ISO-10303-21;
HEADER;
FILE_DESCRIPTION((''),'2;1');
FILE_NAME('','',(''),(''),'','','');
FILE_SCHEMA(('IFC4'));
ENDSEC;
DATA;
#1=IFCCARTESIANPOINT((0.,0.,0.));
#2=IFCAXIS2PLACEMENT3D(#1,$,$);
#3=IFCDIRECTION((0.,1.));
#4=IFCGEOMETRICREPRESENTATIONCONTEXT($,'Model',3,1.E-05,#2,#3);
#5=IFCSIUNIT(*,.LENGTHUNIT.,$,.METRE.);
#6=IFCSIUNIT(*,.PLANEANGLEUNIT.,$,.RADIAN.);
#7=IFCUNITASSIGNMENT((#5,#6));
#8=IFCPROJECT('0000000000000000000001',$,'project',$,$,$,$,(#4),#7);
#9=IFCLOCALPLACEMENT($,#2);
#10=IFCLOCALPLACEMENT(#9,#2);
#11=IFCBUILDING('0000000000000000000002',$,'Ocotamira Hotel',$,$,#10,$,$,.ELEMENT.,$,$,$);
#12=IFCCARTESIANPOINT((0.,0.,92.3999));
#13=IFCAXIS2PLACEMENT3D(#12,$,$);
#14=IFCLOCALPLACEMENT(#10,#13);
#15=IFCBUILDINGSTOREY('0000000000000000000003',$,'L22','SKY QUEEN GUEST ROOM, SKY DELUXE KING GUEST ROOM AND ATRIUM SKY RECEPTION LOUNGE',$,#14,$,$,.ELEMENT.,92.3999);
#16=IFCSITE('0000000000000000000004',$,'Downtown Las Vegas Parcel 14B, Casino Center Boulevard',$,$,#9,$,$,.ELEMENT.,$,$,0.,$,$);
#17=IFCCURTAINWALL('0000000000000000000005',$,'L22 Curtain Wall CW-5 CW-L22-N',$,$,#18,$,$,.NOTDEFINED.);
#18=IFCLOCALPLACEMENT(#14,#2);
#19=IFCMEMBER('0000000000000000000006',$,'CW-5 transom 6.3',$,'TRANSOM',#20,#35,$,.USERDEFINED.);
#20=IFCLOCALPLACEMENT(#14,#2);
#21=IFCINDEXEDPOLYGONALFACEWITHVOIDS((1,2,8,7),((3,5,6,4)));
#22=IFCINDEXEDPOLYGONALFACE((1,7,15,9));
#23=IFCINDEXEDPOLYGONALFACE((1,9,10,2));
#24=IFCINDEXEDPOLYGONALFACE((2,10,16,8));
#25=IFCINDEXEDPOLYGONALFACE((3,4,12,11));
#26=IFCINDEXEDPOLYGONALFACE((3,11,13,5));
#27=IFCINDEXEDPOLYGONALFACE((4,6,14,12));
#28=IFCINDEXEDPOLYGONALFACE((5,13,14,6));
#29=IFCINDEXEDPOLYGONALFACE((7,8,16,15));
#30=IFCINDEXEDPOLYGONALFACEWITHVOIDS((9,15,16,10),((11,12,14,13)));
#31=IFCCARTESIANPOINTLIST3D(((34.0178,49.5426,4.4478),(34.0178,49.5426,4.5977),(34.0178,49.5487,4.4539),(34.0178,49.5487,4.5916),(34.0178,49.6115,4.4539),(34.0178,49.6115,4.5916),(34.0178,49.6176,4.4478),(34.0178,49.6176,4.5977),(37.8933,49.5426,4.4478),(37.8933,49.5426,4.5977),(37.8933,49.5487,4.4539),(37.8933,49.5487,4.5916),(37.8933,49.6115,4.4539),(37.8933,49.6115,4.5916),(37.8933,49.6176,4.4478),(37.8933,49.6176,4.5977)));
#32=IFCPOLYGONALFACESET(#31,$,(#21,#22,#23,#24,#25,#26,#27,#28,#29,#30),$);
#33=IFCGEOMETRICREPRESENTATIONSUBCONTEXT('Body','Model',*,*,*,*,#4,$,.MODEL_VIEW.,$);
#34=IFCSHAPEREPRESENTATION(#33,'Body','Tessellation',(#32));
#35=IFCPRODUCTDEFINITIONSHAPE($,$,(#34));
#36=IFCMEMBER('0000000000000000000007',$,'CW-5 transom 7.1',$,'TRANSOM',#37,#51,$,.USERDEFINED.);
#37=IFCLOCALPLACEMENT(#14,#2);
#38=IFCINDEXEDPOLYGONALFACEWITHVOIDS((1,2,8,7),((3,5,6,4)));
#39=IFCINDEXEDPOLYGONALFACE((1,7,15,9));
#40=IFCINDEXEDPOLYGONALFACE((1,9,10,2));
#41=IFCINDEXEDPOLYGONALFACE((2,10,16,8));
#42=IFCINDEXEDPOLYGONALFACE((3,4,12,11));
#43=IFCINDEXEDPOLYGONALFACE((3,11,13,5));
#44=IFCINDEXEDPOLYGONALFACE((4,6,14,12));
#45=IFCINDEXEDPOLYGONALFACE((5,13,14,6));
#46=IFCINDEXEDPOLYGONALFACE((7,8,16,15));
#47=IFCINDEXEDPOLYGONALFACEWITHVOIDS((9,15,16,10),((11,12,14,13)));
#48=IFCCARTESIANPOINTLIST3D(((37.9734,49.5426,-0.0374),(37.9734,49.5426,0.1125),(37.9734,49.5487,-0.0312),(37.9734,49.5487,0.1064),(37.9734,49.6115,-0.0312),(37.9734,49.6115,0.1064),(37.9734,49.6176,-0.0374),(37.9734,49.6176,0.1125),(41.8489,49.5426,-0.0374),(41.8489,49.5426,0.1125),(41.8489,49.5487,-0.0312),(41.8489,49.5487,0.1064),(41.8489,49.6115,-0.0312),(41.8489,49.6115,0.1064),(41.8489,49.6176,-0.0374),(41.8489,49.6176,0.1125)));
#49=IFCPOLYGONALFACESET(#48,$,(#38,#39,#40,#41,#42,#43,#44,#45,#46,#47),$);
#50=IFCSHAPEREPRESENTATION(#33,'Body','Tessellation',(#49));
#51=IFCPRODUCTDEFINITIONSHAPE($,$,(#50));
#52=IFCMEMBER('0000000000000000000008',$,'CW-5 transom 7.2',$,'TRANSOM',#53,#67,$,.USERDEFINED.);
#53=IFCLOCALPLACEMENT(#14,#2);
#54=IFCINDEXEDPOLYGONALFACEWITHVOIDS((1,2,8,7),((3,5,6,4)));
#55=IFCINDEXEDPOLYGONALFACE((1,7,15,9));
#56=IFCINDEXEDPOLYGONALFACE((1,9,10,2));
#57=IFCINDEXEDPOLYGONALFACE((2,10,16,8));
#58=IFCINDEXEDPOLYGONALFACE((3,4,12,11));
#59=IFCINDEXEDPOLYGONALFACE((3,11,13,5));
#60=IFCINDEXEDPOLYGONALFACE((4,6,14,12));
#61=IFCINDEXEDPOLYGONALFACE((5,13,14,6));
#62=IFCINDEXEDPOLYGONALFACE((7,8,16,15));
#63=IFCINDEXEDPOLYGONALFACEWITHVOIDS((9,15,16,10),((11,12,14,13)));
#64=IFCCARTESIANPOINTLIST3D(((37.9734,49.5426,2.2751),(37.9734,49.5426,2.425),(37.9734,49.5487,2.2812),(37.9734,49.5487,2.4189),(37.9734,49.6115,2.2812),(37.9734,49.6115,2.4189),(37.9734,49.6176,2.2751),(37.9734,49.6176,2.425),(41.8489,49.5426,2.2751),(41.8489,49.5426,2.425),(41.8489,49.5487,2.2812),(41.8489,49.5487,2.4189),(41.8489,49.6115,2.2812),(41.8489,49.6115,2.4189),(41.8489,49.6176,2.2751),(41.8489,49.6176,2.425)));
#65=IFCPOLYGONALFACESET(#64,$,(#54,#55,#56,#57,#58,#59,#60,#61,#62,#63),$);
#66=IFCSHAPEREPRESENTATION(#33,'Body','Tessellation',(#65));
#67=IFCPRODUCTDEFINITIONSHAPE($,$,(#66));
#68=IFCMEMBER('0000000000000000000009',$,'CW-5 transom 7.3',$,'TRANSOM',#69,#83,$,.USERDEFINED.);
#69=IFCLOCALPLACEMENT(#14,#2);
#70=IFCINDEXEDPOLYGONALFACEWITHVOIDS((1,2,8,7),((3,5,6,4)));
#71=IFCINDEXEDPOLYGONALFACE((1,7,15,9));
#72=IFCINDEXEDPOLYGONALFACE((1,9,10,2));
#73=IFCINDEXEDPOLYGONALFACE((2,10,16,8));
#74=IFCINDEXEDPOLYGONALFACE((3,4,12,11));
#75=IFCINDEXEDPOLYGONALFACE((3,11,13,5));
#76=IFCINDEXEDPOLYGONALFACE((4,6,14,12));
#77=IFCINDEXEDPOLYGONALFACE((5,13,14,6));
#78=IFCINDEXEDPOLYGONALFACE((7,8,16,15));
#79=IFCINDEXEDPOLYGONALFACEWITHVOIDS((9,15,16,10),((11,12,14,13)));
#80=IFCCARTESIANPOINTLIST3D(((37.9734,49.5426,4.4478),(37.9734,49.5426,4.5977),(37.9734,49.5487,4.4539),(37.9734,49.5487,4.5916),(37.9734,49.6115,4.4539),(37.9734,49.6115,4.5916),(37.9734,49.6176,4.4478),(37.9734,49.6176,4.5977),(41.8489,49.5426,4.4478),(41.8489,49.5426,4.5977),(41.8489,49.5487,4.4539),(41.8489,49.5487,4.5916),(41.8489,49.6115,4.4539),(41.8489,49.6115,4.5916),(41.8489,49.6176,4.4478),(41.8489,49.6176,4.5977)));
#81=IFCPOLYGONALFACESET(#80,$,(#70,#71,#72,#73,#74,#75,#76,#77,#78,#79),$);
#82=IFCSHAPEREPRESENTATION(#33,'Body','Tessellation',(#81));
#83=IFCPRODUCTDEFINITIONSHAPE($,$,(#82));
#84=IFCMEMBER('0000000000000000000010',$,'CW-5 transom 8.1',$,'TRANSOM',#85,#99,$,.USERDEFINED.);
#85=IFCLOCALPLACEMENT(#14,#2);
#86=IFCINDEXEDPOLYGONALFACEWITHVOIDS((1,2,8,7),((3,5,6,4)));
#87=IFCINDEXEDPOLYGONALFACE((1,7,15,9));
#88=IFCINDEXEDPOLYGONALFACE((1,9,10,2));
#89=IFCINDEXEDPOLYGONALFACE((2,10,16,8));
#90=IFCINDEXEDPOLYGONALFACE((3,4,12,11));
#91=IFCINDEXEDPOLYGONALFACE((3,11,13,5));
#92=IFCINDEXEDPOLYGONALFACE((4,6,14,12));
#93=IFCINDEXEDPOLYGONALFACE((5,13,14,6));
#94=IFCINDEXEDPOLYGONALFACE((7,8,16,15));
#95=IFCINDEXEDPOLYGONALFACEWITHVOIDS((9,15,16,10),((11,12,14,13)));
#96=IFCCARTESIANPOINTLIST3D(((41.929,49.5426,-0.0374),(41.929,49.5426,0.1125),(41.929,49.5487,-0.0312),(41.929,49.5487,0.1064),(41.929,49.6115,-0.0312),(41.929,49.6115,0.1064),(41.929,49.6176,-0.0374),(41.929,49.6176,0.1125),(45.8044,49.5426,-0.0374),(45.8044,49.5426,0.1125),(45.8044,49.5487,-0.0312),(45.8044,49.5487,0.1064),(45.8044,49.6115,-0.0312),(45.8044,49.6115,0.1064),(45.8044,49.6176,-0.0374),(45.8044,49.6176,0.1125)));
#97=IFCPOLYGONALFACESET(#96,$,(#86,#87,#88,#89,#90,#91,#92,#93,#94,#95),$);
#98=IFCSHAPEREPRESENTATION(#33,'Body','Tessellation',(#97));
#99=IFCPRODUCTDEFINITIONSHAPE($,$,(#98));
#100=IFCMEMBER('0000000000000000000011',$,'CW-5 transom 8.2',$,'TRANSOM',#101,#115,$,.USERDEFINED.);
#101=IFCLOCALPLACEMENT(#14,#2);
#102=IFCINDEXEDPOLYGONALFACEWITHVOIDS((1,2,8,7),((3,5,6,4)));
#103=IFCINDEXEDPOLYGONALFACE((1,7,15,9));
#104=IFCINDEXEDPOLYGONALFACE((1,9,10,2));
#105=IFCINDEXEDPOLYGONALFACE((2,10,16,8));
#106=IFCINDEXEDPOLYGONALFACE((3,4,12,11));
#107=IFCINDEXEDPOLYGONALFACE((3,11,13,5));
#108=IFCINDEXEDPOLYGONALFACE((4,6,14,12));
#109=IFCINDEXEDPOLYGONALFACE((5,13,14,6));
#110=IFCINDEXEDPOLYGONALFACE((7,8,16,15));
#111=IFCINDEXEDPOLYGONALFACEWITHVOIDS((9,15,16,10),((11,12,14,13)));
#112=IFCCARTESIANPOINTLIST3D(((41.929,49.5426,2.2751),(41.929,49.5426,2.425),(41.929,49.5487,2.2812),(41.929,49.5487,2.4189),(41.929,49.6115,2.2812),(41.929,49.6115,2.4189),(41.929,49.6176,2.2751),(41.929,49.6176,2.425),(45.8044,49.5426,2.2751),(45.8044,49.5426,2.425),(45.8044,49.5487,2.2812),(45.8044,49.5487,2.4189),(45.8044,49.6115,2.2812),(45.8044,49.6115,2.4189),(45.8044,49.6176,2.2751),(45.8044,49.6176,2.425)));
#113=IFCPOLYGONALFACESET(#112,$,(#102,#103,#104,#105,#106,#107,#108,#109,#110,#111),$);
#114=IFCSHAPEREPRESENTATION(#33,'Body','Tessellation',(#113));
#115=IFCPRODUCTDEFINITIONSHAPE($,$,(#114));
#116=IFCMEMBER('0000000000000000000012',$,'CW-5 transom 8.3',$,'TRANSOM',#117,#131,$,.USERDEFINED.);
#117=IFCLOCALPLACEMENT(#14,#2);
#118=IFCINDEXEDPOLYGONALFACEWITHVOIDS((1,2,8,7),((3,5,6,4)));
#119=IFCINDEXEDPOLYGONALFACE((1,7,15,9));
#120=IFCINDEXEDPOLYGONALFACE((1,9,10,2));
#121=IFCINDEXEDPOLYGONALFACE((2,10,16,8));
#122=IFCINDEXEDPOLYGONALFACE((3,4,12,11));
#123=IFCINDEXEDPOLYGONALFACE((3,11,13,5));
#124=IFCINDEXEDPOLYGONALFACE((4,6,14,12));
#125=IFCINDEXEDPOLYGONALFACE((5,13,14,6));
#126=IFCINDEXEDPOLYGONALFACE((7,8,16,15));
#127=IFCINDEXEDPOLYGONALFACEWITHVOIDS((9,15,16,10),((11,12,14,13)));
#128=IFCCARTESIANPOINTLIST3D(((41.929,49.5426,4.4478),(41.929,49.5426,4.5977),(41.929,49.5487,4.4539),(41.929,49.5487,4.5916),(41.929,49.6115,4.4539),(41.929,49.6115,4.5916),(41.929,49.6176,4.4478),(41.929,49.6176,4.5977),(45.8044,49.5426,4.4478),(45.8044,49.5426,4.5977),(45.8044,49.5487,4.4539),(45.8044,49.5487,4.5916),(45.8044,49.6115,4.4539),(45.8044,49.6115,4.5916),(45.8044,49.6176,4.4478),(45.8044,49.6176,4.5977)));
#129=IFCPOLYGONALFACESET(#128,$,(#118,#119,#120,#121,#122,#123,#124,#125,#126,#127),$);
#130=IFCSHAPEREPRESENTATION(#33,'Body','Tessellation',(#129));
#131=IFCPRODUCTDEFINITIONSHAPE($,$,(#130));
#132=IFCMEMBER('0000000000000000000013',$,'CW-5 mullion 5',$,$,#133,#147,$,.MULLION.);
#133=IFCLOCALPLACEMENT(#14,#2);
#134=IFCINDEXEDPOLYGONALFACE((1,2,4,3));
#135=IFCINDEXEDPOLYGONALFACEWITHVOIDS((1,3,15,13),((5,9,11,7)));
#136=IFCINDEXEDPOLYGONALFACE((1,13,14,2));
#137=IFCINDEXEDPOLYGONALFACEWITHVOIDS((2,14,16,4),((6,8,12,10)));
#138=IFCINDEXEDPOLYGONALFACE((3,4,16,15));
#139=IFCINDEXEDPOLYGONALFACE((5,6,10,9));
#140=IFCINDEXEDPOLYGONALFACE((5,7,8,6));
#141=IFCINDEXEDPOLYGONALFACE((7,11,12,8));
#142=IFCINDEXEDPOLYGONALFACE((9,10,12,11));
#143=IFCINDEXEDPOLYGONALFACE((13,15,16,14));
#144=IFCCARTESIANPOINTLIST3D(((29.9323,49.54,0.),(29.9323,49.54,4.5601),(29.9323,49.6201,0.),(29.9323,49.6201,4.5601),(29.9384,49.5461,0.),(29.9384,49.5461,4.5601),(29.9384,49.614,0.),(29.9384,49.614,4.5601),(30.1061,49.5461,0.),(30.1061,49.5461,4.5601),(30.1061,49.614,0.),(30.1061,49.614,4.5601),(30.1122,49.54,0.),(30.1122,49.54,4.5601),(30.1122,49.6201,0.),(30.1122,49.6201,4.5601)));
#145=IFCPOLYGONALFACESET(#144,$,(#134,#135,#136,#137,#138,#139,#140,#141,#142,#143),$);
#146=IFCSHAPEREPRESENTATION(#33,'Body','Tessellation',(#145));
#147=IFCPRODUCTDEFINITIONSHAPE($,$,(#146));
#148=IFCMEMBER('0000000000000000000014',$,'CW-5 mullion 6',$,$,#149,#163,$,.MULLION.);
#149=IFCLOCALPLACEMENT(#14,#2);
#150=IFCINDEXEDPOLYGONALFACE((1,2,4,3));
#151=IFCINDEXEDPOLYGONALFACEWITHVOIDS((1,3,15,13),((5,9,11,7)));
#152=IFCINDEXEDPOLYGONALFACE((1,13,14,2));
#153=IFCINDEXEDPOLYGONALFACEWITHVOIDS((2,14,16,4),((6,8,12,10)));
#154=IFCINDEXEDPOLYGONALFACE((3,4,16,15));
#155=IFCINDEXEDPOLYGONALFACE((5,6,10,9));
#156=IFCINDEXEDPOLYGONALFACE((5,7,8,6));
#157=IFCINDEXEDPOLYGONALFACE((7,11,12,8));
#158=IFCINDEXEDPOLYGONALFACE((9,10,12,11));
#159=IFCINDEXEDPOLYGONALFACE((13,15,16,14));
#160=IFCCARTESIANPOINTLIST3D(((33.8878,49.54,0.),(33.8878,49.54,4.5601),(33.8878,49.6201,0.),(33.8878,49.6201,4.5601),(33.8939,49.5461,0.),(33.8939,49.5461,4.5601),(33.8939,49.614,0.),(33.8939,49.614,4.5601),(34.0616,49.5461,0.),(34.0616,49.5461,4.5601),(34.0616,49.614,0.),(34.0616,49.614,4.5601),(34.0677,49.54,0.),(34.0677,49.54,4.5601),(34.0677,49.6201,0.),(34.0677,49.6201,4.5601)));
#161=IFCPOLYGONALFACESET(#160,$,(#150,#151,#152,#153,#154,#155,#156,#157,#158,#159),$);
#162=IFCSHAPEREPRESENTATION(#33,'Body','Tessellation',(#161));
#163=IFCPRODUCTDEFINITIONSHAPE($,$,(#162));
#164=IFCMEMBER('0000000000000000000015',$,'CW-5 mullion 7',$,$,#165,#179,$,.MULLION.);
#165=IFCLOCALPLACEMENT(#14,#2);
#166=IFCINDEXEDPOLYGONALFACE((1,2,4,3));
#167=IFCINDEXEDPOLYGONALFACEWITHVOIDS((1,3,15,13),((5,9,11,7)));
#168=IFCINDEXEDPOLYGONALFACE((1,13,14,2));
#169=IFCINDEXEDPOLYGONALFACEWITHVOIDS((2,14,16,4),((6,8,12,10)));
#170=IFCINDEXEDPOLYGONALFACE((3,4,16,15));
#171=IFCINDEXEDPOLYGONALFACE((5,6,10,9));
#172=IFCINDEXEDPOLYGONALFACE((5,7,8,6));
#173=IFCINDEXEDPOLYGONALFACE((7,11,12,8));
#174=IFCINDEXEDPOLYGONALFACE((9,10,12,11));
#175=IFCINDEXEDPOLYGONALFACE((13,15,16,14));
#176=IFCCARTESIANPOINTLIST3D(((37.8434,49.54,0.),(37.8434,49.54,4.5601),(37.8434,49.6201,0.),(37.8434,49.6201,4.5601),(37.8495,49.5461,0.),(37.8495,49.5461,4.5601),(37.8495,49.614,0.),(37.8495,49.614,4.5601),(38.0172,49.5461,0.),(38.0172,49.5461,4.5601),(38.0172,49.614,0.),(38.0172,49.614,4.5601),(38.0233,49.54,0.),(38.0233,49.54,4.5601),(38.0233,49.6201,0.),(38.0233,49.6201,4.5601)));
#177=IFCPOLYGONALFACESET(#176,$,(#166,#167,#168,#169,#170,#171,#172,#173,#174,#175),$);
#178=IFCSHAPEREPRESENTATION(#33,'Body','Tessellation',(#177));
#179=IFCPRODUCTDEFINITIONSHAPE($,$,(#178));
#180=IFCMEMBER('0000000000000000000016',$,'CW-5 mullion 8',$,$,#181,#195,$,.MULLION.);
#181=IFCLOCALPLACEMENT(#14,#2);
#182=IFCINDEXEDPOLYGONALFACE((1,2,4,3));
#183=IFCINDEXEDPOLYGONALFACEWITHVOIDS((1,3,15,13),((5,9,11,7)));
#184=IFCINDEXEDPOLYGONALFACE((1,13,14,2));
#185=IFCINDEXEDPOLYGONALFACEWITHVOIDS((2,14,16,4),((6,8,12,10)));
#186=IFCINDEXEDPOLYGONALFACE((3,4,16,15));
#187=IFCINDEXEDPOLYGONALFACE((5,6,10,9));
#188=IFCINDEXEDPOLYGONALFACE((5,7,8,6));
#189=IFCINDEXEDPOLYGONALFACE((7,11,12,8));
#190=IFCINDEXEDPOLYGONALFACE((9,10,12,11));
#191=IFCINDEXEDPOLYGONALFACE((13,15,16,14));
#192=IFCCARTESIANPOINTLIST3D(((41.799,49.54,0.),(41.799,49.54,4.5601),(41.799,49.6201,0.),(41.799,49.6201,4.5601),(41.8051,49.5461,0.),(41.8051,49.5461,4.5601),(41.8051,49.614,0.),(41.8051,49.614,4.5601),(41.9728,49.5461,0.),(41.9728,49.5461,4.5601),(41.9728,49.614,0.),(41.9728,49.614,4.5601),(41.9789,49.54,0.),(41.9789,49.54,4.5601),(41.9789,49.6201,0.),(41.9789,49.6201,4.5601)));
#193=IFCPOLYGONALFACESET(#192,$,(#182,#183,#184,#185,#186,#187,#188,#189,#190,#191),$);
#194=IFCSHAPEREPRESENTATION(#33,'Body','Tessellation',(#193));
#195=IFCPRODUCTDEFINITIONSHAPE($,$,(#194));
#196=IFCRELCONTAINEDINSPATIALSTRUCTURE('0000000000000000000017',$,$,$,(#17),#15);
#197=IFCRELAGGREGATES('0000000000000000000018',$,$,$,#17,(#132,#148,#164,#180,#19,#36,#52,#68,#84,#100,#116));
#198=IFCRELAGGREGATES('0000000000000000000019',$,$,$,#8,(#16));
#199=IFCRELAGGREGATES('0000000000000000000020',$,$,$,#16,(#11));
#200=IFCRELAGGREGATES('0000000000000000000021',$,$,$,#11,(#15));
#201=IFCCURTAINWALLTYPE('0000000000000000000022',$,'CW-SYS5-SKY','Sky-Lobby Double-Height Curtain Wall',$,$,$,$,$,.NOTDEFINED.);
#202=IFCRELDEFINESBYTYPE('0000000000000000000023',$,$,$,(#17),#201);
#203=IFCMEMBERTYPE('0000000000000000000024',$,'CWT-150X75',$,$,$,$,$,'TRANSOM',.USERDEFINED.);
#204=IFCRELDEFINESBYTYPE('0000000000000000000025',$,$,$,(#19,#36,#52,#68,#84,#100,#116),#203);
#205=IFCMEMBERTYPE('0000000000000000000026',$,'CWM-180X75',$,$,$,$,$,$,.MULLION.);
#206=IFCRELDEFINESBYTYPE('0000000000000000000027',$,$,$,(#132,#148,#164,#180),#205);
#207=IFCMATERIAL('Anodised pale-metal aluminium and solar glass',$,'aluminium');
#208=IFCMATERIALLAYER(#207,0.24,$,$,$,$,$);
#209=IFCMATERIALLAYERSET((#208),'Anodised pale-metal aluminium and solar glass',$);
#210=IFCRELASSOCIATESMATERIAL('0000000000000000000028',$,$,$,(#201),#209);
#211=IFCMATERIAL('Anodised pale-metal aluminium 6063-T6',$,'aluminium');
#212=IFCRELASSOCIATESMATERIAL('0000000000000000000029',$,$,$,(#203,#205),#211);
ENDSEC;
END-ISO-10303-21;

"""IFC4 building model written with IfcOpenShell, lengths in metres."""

from ifc_helpers import new_model, si_unit, direction, frame, origin, origin_2d, place, context, subcontext, project, spatial, hollow_rectangle, extrude, source, transform, mapped, material, layer, layer_set, material_profile, profile_set, type_object, element, aggregate, save


model = new_model("IFC4")

# Units and contexts
model_context = context("Model", 3, precision=1e-05, world=origin(), true_north=direction((0.0, 1.0)))
body_context = subcontext(model_context, "Body", "Model", "MODEL_VIEW")
ifc_project = project(units=[si_unit("LENGTHUNIT", "METRE"), si_unit("PLANEANGLEUNIT", "RADIAN")], contexts=[model_context])

# Site, building, storey
site_placement = place(None, origin())
site = spatial("IfcSite", under=ifc_project, at=site_placement, Name="Downtown Las Vegas Parcel 14B, Casino Center Boulevard", CompositionType="ELEMENT", RefElevation=0.0)
building_placement = place(site_placement, origin())
building = spatial("IfcBuilding", under=site, at=building_placement, Name="Ocotamira Hotel", CompositionType="ELEMENT")
storey_placement = place(building_placement, frame((0.0, 0.0, 92.3999)))
storey = spatial("IfcBuildingStorey", under=building, at=storey_placement, Name="L22", Description="SKY QUEEN GUEST ROOM, SKY DELUXE KING GUEST ROOM AND ATRIUM SKY RECEPTION LOUNGE", CompositionType="ELEMENT", Elevation=92.3999)

# Curtain wall, members
ifc_material_1 = material(Name="Anodised pale-metal aluminium and solar glass", Category="aluminium")
ifc_layer_1 = layer(ifc_material_1, 0.24)
ifc_layer_set_1 = layer_set([ifc_layer_1], Name="Anodised pale-metal aluminium and solar glass")
curtain_wall_type = type_object("IfcCurtainWallType", Name="CW-SYS5-SKY", Description="Sky-Lobby Double-Height Curtain Wall", PredefinedType="NOTDEFINED", material=ifc_layer_set_1)
curtain_wall_placement = place(storey_placement, origin())
curtain_wall = element("IfcCurtainWall", 1, at=curtain_wall_placement, inside=storey, type_object=curtain_wall_type, Name="L22 Curtain Wall CW-5 CW-L22-N", PredefinedType="NOTDEFINED")
ifc_material_2 = material(Name="Anodised pale-metal aluminium 6063-T6", Category="aluminium")
ifc_material_profile_1 = material_profile(ifc_material_2, hollow_rectangle(XDim=0.075, YDim=0.1499, WallThickness=0.0061, at=origin_2d()), Name="HSS150X75X6")
ifc_profile_set_1 = profile_set([ifc_material_profile_1], Name="Anodised pale-metal aluminium 6063-T6")
member_type_1 = type_object("IfcMemberType", Name="CWT-150X75", ElementType="TRANSOM", PredefinedType="USERDEFINED", material=ifc_profile_set_1)
shared_shape_1 = source(origin(), body_context, "Body", "SweptSolid", [
    extrude(hollow_rectangle(XDim=0.075, YDim=0.1499, WallThickness=0.0061, at=origin_2d()), origin(), (0.0, 0.0, 1.0), 3.8755),
])
member_1_placement = place(storey_placement, frame((34.0178, 49.5801, 4.5227), z_axis=(1.0, 0.0, 0.0), x_axis=(0.0, 1.0, 0.0)))
member_1 = element("IfcMember", 2, at=member_1_placement, type_object=member_type_1, Name="CW-5 transom 6.3", ObjectType="TRANSOM", PredefinedType="USERDEFINED", context=body_context, shape_type="MappedRepresentation", body=[
    mapped(shared_shape_1, transform((0.0, 0.0, 0.0), scale=1.0)),
])
member_2_placement = place(storey_placement, frame((37.9734, 49.5801, 0.0376), z_axis=(1.0, 0.0, 0.0), x_axis=(0.0, 1.0, 0.0)))
member_2 = element("IfcMember", 3, at=member_2_placement, type_object=member_type_1, Name="CW-5 transom 7.1", ObjectType="TRANSOM", PredefinedType="USERDEFINED", context=body_context, shape_type="MappedRepresentation", body=[
    mapped(shared_shape_1, transform((0.0, 0.0, 0.0), scale=1.0)),
])
member_3_placement = place(storey_placement, frame((37.9734, 49.5801, 2.3501), z_axis=(1.0, 0.0, 0.0), x_axis=(0.0, 1.0, 0.0)))
member_3 = element("IfcMember", 4, at=member_3_placement, type_object=member_type_1, Name="CW-5 transom 7.2", ObjectType="TRANSOM", PredefinedType="USERDEFINED", context=body_context, shape_type="MappedRepresentation", body=[
    mapped(shared_shape_1, transform((0.0, 0.0, 0.0), scale=1.0)),
])
member_4_placement = place(storey_placement, frame((37.9734, 49.5801, 4.5227), z_axis=(1.0, 0.0, 0.0), x_axis=(0.0, 1.0, 0.0)))
member_4 = element("IfcMember", 5, at=member_4_placement, type_object=member_type_1, Name="CW-5 transom 7.3", ObjectType="TRANSOM", PredefinedType="USERDEFINED", context=body_context, shape_type="MappedRepresentation", body=[
    mapped(shared_shape_1, transform((0.0, 0.0, 0.0), scale=1.0)),
])
member_5_placement = place(storey_placement, frame((41.929, 49.5801, 0.0376), z_axis=(1.0, 0.0, 0.0), x_axis=(0.0, 1.0, 0.0)))
member_5 = element("IfcMember", 6, at=member_5_placement, type_object=member_type_1, Name="CW-5 transom 8.1", ObjectType="TRANSOM", PredefinedType="USERDEFINED", context=body_context, shape_type="MappedRepresentation", body=[
    mapped(shared_shape_1, transform((0.0, 0.0, 0.0), scale=1.0)),
])
member_6_placement = place(storey_placement, frame((41.929, 49.5801, 2.3501), z_axis=(1.0, 0.0, 0.0), x_axis=(0.0, 1.0, 0.0)))
member_6 = element("IfcMember", 7, at=member_6_placement, type_object=member_type_1, Name="CW-5 transom 8.2", ObjectType="TRANSOM", PredefinedType="USERDEFINED", context=body_context, shape_type="MappedRepresentation", body=[
    mapped(shared_shape_1, transform((0.0, 0.0, 0.0), scale=1.0)),
])
member_7_placement = place(storey_placement, frame((41.929, 49.5801, 4.5227), z_axis=(1.0, 0.0, 0.0), x_axis=(0.0, 1.0, 0.0)))
member_7 = element("IfcMember", 8, at=member_7_placement, type_object=member_type_1, Name="CW-5 transom 8.3", ObjectType="TRANSOM", PredefinedType="USERDEFINED", context=body_context, shape_type="MappedRepresentation", body=[
    mapped(shared_shape_1, transform((0.0, 0.0, 0.0), scale=1.0)),
])
ifc_material_profile_2 = material_profile(ifc_material_2, hollow_rectangle(XDim=0.0801, YDim=0.1799, WallThickness=0.0061, at=origin_2d()), Name="HSS180X80X6")
ifc_profile_set_2 = profile_set([ifc_material_profile_2], Name="Anodised pale-metal aluminium 6063-T6")
member_type_2 = type_object("IfcMemberType", Name="CWM-180X75", PredefinedType="MULLION", material=ifc_profile_set_2)
shared_shape_2 = source(origin(), body_context, "Body", "SweptSolid", [
    extrude(hollow_rectangle(XDim=0.0801, YDim=0.1799, WallThickness=0.0061, at=origin_2d()), origin(), (0.0, 0.0, 1.0), 4.5601),
])
member_8_placement = place(storey_placement, frame((30.0222, 49.5801, 0.0), z_axis=(0.0, 0.0, 1.0), x_axis=(0.0, 1.0, 0.0)))
member_8 = element("IfcMember", 9, at=member_8_placement, type_object=member_type_2, Name="CW-5 mullion 5", PredefinedType="MULLION", context=body_context, shape_type="MappedRepresentation", body=[
    mapped(shared_shape_2, transform((0.0, 0.0, 0.0), scale=1.0)),
])
member_9_placement = place(storey_placement, frame((33.9778, 49.5801, 0.0), z_axis=(0.0, 0.0, 1.0), x_axis=(0.0, 1.0, 0.0)))
member_9 = element("IfcMember", 10, at=member_9_placement, type_object=member_type_2, Name="CW-5 mullion 6", PredefinedType="MULLION", context=body_context, shape_type="MappedRepresentation", body=[
    mapped(shared_shape_2, transform((0.0, 0.0, 0.0), scale=1.0)),
])
member_10_placement = place(storey_placement, frame((37.9333, 49.5801, 0.0), z_axis=(0.0, 0.0, 1.0), x_axis=(0.0, 1.0, 0.0)))
member_10 = element("IfcMember", 11, at=member_10_placement, type_object=member_type_2, Name="CW-5 mullion 7", PredefinedType="MULLION", context=body_context, shape_type="MappedRepresentation", body=[
    mapped(shared_shape_2, transform((0.0, 0.0, 0.0), scale=1.0)),
])
member_11_placement = place(storey_placement, frame((41.8889, 49.5801, 0.0), z_axis=(0.0, 0.0, 1.0), x_axis=(0.0, 1.0, 0.0)))
member_11 = element("IfcMember", 12, at=member_11_placement, type_object=member_type_2, Name="CW-5 mullion 8", PredefinedType="MULLION", context=body_context, shape_type="MappedRepresentation", body=[
    mapped(shared_shape_2, transform((0.0, 0.0, 0.0), scale=1.0)),
])

aggregate(curtain_wall, [member_8, member_9, member_10, member_11, member_1, member_2, member_3, member_4, member_5, member_6, member_7])

save(model, "model.ifc")
